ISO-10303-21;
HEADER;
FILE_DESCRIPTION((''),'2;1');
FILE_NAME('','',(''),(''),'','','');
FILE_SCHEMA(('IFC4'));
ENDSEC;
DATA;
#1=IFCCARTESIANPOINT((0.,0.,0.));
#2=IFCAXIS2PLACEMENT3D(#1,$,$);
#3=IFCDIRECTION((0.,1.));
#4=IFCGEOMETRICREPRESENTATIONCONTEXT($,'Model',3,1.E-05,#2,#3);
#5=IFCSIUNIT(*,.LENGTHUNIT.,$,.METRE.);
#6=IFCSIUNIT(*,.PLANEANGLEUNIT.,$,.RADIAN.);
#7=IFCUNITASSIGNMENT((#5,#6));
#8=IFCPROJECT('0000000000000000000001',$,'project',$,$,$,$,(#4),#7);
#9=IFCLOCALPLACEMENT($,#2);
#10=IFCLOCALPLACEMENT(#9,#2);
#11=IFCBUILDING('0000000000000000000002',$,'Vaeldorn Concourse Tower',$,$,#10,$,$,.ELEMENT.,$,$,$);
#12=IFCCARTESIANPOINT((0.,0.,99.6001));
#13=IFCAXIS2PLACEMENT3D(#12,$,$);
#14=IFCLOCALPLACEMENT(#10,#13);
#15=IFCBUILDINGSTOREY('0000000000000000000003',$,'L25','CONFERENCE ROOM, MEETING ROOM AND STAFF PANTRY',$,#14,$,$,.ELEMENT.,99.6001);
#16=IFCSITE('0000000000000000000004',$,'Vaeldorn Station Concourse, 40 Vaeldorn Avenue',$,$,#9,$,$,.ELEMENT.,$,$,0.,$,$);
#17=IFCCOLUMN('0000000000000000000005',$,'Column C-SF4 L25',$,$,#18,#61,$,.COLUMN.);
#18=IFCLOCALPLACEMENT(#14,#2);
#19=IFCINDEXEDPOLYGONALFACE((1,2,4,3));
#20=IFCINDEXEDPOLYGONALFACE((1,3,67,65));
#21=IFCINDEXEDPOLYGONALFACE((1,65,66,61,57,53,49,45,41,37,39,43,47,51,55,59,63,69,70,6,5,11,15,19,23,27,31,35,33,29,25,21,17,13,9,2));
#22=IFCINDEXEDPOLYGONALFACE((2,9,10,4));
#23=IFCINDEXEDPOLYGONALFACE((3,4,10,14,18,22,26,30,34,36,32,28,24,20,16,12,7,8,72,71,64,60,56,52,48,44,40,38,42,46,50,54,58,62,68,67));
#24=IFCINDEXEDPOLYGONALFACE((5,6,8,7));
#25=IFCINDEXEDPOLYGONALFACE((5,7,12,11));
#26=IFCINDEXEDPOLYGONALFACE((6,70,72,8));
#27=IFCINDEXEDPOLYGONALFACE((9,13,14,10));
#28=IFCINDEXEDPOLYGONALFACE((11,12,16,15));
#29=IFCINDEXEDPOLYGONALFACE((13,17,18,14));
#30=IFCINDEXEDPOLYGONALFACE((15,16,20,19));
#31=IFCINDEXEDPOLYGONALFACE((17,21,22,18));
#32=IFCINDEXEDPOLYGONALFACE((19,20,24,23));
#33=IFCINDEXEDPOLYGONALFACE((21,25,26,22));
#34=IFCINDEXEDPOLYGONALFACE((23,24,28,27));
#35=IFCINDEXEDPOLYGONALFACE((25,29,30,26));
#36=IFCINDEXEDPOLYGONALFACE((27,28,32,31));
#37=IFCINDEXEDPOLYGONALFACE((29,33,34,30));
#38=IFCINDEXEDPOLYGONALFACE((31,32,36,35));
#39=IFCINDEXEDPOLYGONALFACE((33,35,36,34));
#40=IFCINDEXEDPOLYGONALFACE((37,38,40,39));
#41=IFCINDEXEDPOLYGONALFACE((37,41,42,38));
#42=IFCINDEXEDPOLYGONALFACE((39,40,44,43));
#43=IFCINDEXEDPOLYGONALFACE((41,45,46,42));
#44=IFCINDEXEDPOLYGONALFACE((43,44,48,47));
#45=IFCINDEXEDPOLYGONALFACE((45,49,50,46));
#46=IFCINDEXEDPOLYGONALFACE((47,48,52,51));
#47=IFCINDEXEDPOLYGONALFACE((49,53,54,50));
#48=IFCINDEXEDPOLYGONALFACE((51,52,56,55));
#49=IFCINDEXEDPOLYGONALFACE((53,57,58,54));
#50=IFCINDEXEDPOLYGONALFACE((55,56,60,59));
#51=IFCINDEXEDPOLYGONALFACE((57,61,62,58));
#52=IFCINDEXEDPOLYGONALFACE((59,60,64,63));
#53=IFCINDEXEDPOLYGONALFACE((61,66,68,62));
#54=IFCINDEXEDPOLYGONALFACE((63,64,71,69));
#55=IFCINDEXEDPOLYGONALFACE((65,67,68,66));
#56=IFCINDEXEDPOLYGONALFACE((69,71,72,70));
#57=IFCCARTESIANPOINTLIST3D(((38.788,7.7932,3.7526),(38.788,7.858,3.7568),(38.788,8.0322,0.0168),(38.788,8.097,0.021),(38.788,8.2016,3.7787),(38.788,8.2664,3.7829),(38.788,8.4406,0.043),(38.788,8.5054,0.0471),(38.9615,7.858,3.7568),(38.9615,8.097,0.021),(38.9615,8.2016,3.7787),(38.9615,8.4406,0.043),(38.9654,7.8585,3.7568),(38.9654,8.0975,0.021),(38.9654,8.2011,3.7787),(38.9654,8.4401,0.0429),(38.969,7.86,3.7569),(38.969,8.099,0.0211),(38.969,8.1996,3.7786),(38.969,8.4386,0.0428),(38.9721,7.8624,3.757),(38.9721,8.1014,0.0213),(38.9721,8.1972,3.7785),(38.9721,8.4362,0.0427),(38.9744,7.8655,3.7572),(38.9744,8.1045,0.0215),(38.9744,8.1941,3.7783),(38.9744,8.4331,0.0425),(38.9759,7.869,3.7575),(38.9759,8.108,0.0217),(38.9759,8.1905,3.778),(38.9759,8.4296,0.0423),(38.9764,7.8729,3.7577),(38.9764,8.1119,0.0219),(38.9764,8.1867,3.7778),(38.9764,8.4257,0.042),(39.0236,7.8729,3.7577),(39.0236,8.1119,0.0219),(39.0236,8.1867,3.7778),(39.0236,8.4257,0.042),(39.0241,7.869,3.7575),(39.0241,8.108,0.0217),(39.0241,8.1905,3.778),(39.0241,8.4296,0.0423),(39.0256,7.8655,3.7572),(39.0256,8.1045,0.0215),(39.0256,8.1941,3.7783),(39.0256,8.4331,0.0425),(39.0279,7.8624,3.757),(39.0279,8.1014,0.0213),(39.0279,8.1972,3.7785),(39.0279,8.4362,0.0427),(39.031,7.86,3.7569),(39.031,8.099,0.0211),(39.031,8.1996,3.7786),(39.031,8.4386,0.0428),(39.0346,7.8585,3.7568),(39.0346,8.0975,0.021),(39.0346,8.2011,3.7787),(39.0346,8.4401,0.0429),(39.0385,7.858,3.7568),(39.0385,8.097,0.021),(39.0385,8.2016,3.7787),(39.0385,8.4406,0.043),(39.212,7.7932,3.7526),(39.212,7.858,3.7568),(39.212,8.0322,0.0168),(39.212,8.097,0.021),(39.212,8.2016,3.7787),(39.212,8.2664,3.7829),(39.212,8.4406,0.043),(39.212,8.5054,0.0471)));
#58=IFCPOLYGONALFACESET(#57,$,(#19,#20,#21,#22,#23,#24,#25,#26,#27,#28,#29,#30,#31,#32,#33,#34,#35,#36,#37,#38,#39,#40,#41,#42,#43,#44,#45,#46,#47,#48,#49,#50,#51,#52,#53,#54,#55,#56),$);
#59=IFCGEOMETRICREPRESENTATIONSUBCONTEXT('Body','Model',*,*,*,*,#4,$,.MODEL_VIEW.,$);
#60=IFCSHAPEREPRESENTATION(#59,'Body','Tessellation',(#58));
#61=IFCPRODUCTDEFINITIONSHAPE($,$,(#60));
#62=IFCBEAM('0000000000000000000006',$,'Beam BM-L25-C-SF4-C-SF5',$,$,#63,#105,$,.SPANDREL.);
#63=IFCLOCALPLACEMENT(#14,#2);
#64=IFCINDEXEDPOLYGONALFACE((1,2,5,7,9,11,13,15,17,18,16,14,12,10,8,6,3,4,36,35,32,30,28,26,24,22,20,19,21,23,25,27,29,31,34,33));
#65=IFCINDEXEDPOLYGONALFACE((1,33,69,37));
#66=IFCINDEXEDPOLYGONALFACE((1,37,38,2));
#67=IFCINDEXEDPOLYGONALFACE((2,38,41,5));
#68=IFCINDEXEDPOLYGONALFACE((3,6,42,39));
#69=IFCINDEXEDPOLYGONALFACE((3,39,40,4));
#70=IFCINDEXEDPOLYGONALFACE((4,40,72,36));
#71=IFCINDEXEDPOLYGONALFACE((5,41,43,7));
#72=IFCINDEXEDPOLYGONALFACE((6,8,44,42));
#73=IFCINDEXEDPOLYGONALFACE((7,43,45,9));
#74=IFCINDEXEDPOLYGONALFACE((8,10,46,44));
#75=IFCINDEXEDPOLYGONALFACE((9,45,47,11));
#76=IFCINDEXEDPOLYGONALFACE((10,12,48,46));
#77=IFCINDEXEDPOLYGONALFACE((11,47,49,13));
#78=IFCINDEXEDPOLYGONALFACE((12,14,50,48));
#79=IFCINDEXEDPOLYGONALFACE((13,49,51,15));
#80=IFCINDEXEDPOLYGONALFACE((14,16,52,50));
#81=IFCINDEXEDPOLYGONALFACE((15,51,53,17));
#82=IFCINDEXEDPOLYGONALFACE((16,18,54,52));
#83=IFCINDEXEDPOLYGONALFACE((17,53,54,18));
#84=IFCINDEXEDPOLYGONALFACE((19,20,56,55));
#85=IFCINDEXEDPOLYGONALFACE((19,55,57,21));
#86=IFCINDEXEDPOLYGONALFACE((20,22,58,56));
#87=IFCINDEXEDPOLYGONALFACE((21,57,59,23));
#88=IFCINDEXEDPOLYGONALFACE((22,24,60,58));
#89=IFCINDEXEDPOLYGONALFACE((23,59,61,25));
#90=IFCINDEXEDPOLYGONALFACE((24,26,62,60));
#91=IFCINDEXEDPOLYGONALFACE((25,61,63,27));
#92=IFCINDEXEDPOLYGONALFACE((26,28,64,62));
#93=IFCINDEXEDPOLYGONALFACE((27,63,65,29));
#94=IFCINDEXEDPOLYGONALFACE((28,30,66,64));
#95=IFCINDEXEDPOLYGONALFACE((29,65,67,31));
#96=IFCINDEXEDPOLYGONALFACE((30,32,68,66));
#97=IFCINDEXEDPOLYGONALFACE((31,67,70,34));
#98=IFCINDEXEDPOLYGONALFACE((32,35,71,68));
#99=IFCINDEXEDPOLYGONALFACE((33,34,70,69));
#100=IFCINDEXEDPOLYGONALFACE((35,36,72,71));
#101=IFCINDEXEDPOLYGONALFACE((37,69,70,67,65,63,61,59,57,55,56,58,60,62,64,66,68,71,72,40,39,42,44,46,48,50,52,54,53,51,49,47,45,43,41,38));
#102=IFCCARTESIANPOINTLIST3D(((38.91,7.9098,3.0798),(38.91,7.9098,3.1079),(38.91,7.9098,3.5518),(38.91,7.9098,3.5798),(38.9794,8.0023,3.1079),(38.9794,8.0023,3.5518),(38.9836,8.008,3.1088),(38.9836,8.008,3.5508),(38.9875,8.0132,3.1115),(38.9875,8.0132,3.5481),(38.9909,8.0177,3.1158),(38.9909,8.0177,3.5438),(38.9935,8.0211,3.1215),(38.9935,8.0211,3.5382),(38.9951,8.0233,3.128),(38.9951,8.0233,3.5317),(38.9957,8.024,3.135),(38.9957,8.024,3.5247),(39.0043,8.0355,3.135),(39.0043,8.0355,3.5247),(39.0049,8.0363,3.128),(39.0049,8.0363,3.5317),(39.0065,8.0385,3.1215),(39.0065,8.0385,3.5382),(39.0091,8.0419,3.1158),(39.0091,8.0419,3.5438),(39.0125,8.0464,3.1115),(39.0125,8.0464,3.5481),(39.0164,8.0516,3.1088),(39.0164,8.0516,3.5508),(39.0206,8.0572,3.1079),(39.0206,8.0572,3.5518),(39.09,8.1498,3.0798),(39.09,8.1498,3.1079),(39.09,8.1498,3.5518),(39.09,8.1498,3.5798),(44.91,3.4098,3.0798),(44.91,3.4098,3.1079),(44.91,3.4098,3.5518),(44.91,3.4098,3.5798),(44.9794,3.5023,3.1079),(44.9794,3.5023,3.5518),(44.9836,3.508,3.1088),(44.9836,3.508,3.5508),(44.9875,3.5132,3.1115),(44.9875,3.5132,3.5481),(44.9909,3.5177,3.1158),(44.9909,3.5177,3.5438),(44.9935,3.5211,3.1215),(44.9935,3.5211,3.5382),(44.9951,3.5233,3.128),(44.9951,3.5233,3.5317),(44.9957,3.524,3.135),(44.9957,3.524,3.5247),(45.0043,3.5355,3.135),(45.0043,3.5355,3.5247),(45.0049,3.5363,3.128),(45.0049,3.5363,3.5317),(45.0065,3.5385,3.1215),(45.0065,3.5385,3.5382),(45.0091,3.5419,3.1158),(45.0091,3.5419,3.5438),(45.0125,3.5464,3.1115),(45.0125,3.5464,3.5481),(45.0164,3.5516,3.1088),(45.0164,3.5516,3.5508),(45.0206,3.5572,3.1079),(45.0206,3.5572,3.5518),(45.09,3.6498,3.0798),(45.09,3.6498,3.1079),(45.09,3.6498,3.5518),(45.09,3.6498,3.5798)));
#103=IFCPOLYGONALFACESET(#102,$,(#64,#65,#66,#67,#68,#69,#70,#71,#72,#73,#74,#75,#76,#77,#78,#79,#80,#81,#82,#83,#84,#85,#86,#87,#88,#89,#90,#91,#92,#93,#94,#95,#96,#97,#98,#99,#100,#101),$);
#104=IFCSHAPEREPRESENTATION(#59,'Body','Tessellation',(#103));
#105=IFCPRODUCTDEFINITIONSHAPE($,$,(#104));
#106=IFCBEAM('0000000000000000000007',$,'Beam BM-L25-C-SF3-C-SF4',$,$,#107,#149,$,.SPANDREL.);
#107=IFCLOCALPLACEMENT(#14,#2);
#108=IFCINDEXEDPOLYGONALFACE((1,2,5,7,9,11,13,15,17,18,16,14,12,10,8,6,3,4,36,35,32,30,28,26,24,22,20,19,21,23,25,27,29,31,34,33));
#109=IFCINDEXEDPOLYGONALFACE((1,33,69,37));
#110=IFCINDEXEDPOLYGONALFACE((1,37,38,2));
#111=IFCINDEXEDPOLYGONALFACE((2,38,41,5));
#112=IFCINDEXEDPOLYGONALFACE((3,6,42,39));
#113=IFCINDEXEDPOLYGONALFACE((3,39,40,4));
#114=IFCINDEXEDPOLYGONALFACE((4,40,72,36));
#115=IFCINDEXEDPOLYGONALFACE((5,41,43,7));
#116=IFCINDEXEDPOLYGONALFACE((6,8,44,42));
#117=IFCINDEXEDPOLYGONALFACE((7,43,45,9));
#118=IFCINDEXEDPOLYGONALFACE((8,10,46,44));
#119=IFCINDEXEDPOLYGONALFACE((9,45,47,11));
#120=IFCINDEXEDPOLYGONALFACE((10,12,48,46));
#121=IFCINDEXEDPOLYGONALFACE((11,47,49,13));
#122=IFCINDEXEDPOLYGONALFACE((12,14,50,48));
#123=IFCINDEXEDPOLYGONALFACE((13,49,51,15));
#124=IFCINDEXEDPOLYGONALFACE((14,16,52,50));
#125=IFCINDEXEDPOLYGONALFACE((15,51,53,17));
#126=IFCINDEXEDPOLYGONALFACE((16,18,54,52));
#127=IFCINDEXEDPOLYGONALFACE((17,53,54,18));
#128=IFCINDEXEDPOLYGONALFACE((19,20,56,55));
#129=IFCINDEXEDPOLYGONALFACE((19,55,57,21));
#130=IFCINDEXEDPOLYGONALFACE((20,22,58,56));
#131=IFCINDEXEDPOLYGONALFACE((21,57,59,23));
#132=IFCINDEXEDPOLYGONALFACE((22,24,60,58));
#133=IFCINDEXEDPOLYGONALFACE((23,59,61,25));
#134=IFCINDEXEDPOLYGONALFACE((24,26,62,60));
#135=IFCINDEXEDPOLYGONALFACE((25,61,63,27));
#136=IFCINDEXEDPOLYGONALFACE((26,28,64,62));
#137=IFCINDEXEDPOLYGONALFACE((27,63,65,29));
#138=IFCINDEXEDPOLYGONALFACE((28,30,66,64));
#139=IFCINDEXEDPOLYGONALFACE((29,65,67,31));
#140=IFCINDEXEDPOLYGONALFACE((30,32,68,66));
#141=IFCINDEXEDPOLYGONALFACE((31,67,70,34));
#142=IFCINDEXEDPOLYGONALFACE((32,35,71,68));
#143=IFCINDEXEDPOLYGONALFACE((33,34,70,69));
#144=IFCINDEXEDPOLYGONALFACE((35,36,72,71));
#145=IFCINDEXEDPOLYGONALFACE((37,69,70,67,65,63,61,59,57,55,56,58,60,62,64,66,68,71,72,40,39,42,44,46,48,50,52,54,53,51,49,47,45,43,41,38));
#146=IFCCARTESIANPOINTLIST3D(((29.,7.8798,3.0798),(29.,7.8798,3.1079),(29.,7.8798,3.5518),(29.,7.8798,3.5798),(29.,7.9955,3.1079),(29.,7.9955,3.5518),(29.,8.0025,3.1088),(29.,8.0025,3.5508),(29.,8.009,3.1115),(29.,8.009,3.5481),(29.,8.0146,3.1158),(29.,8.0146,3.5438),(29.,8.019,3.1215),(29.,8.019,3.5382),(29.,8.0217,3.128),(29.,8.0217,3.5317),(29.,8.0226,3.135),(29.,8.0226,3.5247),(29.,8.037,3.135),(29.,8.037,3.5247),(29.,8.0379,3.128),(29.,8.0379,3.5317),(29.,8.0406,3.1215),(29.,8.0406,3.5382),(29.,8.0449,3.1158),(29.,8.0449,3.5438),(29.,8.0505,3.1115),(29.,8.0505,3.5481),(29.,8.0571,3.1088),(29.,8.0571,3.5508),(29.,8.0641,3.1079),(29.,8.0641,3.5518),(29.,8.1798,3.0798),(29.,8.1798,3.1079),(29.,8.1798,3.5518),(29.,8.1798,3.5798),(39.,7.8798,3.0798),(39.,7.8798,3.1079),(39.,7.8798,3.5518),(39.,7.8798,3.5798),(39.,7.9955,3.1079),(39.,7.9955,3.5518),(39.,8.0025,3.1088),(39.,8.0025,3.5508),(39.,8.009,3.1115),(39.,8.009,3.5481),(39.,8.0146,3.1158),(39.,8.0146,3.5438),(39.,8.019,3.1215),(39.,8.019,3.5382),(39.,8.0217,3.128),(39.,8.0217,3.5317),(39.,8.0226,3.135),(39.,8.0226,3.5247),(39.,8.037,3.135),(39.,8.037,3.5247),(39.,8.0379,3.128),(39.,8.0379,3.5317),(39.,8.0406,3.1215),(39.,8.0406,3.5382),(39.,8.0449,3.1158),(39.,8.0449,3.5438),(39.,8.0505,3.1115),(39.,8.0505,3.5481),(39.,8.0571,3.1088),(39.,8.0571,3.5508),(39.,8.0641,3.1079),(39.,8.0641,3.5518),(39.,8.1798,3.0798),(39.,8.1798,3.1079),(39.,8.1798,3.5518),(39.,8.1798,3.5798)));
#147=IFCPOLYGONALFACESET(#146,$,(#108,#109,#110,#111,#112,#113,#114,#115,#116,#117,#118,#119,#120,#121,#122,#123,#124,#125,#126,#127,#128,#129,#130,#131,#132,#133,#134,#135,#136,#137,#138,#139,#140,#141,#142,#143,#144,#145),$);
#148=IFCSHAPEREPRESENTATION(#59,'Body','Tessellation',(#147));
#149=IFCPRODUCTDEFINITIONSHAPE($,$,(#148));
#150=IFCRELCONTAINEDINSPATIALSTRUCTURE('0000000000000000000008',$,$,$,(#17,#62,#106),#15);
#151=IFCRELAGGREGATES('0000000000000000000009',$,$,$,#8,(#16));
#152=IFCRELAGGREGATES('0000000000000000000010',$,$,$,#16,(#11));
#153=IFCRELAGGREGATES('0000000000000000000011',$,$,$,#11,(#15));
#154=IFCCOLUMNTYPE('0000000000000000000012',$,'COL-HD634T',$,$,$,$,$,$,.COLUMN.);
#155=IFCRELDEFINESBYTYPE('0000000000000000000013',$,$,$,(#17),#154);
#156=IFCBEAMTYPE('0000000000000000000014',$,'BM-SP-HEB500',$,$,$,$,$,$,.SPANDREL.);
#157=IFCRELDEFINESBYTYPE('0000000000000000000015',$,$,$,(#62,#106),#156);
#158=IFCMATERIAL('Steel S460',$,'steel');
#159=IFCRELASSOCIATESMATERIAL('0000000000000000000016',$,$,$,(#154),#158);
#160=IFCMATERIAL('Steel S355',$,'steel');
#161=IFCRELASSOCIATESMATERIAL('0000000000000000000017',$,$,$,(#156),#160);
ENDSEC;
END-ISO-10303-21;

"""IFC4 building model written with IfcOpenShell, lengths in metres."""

from ifc_helpers import new_model, si_unit, direction, frame, origin, origin_2d, place, context, subcontext, project, spatial, i_section, extrude, source, transform, mapped, material, material_profile, profile_set, type_object, element, save


model = new_model("IFC4")

# Units and contexts
model_context = context("Model", 3, precision=1e-05, world=origin(), true_north=direction((0.0, 1.0)))
body_context = subcontext(model_context, "Body", "Model", "MODEL_VIEW")
ifc_project = project(units=[si_unit("LENGTHUNIT", "METRE"), si_unit("PLANEANGLEUNIT", "RADIAN")], contexts=[model_context])

# Site, building, storey
site_placement = place(None, origin())
site = spatial("IfcSite", under=ifc_project, at=site_placement, Name="Vaeldorn Station Concourse, 40 Vaeldorn Avenue", CompositionType="ELEMENT", RefElevation=0.0)
building_placement = place(site_placement, origin())
building = spatial("IfcBuilding", under=site, at=building_placement, Name="Vaeldorn Concourse Tower", CompositionType="ELEMENT")
storey_placement = place(building_placement, frame((0.0, 0.0, 99.6001)))
storey = spatial("IfcBuildingStorey", under=building, at=storey_placement, Name="L25", Description="CONFERENCE ROOM, MEETING ROOM AND STAFF PANTRY", CompositionType="ELEMENT", Elevation=99.6001)

# Column
ifc_material_1 = material(Name="Steel S460", Category="steel")
ifc_material_profile_1 = material_profile(ifc_material_1, i_section(OverallWidth=0.4241, OverallDepth=0.4741, WebThickness=0.0471, FlangeThickness=0.0649, FilletRadius=0.0149, at=origin_2d()), Name="HD 400x634")
ifc_profile_set_1 = profile_set([ifc_material_profile_1], Name="Steel S460")
column_type = type_object("IfcColumnType", Name="COL-HD634T", PredefinedType="COLUMN", material=ifc_profile_set_1)
shared_shape_1 = source(origin(), body_context, "Body", "SweptSolid", [
    extrude(i_section(OverallWidth=0.4241, OverallDepth=0.4741, WebThickness=0.0471, FlangeThickness=0.0649, FilletRadius=0.0149, at=origin_2d()), origin(), (0.0, 0.0, 1.0), 3.7434),
])
column_placement = place(storey_placement, frame((39.0, 8.2688, 0.032), z_axis=(0.0, -0.063848, 0.99796), x_axis=(1.0, 0.0, 0.0)))
element("IfcColumn", 1, at=column_placement, inside=storey, type_object=column_type, Name="Column C-SF4 L25", PredefinedType="COLUMN", context=body_context, shape_type="MappedRepresentation", body=[
    mapped(shared_shape_1, transform((0.0, 0.0, 0.0), scale=1.0)),
])

# Beams
ifc_material_2 = material(Name="Steel S355", Category="steel")
ifc_material_profile_2 = material_profile(ifc_material_2, i_section(OverallWidth=0.3, OverallDepth=0.5, WebThickness=0.0144, FlangeThickness=0.0281, FilletRadius=0.0271, at=origin_2d()), Name="HEB 500")
ifc_profile_set_2 = profile_set([ifc_material_profile_2], Name="Steel S355")
beam_type_1 = type_object("IfcBeamType", Name="BM-SP-HEB500", PredefinedType="SPANDREL", material=ifc_profile_set_2)
shared_shape_2 = source(origin(), body_context, "Body", "SweptSolid", [
    extrude(i_section(OverallWidth=0.3, OverallDepth=0.5, WebThickness=0.0144, FlangeThickness=0.0281, FilletRadius=0.0271, at=origin_2d()), origin(), (0.0, 0.0, 1.0), 7.5),
])
beam_1_placement = place(storey_placement, frame((39.0, 8.0298, 3.3298), z_axis=(0.8, -0.6, 0.0), x_axis=(0.6, 0.8, 0.0)))
element("IfcBeam", 2, at=beam_1_placement, inside=storey, type_object=beam_type_1, Name="Beam BM-L25-C-SF4-C-SF5", PredefinedType="SPANDREL", context=body_context, shape_type="MappedRepresentation", body=[
    mapped(shared_shape_2, transform((0.0, 0.0, 0.0), scale=1.0)),
])
shared_shape_3 = source(origin(), body_context, "Body", "SweptSolid", [
    extrude(i_section(OverallWidth=0.3, OverallDepth=0.5, WebThickness=0.0144, FlangeThickness=0.0281, FilletRadius=0.0271, at=origin_2d()), origin(), (0.0, 0.0, 1.0), 10.0),
])
beam_2_placement = place(storey_placement, frame((29.0, 8.0298, 3.3298), z_axis=(1.0, 0.0, 0.0), x_axis=(0.0, 1.0, 0.0)))
element("IfcBeam", 3, at=beam_2_placement, inside=storey, type_object=beam_type_1, Name="Beam BM-L25-C-SF3-C-SF4", PredefinedType="SPANDREL", context=body_context, shape_type="MappedRepresentation", body=[
    mapped(shared_shape_3, transform((0.0, 0.0, 0.0), scale=1.0)),
])

save(model, "model.ifc")
